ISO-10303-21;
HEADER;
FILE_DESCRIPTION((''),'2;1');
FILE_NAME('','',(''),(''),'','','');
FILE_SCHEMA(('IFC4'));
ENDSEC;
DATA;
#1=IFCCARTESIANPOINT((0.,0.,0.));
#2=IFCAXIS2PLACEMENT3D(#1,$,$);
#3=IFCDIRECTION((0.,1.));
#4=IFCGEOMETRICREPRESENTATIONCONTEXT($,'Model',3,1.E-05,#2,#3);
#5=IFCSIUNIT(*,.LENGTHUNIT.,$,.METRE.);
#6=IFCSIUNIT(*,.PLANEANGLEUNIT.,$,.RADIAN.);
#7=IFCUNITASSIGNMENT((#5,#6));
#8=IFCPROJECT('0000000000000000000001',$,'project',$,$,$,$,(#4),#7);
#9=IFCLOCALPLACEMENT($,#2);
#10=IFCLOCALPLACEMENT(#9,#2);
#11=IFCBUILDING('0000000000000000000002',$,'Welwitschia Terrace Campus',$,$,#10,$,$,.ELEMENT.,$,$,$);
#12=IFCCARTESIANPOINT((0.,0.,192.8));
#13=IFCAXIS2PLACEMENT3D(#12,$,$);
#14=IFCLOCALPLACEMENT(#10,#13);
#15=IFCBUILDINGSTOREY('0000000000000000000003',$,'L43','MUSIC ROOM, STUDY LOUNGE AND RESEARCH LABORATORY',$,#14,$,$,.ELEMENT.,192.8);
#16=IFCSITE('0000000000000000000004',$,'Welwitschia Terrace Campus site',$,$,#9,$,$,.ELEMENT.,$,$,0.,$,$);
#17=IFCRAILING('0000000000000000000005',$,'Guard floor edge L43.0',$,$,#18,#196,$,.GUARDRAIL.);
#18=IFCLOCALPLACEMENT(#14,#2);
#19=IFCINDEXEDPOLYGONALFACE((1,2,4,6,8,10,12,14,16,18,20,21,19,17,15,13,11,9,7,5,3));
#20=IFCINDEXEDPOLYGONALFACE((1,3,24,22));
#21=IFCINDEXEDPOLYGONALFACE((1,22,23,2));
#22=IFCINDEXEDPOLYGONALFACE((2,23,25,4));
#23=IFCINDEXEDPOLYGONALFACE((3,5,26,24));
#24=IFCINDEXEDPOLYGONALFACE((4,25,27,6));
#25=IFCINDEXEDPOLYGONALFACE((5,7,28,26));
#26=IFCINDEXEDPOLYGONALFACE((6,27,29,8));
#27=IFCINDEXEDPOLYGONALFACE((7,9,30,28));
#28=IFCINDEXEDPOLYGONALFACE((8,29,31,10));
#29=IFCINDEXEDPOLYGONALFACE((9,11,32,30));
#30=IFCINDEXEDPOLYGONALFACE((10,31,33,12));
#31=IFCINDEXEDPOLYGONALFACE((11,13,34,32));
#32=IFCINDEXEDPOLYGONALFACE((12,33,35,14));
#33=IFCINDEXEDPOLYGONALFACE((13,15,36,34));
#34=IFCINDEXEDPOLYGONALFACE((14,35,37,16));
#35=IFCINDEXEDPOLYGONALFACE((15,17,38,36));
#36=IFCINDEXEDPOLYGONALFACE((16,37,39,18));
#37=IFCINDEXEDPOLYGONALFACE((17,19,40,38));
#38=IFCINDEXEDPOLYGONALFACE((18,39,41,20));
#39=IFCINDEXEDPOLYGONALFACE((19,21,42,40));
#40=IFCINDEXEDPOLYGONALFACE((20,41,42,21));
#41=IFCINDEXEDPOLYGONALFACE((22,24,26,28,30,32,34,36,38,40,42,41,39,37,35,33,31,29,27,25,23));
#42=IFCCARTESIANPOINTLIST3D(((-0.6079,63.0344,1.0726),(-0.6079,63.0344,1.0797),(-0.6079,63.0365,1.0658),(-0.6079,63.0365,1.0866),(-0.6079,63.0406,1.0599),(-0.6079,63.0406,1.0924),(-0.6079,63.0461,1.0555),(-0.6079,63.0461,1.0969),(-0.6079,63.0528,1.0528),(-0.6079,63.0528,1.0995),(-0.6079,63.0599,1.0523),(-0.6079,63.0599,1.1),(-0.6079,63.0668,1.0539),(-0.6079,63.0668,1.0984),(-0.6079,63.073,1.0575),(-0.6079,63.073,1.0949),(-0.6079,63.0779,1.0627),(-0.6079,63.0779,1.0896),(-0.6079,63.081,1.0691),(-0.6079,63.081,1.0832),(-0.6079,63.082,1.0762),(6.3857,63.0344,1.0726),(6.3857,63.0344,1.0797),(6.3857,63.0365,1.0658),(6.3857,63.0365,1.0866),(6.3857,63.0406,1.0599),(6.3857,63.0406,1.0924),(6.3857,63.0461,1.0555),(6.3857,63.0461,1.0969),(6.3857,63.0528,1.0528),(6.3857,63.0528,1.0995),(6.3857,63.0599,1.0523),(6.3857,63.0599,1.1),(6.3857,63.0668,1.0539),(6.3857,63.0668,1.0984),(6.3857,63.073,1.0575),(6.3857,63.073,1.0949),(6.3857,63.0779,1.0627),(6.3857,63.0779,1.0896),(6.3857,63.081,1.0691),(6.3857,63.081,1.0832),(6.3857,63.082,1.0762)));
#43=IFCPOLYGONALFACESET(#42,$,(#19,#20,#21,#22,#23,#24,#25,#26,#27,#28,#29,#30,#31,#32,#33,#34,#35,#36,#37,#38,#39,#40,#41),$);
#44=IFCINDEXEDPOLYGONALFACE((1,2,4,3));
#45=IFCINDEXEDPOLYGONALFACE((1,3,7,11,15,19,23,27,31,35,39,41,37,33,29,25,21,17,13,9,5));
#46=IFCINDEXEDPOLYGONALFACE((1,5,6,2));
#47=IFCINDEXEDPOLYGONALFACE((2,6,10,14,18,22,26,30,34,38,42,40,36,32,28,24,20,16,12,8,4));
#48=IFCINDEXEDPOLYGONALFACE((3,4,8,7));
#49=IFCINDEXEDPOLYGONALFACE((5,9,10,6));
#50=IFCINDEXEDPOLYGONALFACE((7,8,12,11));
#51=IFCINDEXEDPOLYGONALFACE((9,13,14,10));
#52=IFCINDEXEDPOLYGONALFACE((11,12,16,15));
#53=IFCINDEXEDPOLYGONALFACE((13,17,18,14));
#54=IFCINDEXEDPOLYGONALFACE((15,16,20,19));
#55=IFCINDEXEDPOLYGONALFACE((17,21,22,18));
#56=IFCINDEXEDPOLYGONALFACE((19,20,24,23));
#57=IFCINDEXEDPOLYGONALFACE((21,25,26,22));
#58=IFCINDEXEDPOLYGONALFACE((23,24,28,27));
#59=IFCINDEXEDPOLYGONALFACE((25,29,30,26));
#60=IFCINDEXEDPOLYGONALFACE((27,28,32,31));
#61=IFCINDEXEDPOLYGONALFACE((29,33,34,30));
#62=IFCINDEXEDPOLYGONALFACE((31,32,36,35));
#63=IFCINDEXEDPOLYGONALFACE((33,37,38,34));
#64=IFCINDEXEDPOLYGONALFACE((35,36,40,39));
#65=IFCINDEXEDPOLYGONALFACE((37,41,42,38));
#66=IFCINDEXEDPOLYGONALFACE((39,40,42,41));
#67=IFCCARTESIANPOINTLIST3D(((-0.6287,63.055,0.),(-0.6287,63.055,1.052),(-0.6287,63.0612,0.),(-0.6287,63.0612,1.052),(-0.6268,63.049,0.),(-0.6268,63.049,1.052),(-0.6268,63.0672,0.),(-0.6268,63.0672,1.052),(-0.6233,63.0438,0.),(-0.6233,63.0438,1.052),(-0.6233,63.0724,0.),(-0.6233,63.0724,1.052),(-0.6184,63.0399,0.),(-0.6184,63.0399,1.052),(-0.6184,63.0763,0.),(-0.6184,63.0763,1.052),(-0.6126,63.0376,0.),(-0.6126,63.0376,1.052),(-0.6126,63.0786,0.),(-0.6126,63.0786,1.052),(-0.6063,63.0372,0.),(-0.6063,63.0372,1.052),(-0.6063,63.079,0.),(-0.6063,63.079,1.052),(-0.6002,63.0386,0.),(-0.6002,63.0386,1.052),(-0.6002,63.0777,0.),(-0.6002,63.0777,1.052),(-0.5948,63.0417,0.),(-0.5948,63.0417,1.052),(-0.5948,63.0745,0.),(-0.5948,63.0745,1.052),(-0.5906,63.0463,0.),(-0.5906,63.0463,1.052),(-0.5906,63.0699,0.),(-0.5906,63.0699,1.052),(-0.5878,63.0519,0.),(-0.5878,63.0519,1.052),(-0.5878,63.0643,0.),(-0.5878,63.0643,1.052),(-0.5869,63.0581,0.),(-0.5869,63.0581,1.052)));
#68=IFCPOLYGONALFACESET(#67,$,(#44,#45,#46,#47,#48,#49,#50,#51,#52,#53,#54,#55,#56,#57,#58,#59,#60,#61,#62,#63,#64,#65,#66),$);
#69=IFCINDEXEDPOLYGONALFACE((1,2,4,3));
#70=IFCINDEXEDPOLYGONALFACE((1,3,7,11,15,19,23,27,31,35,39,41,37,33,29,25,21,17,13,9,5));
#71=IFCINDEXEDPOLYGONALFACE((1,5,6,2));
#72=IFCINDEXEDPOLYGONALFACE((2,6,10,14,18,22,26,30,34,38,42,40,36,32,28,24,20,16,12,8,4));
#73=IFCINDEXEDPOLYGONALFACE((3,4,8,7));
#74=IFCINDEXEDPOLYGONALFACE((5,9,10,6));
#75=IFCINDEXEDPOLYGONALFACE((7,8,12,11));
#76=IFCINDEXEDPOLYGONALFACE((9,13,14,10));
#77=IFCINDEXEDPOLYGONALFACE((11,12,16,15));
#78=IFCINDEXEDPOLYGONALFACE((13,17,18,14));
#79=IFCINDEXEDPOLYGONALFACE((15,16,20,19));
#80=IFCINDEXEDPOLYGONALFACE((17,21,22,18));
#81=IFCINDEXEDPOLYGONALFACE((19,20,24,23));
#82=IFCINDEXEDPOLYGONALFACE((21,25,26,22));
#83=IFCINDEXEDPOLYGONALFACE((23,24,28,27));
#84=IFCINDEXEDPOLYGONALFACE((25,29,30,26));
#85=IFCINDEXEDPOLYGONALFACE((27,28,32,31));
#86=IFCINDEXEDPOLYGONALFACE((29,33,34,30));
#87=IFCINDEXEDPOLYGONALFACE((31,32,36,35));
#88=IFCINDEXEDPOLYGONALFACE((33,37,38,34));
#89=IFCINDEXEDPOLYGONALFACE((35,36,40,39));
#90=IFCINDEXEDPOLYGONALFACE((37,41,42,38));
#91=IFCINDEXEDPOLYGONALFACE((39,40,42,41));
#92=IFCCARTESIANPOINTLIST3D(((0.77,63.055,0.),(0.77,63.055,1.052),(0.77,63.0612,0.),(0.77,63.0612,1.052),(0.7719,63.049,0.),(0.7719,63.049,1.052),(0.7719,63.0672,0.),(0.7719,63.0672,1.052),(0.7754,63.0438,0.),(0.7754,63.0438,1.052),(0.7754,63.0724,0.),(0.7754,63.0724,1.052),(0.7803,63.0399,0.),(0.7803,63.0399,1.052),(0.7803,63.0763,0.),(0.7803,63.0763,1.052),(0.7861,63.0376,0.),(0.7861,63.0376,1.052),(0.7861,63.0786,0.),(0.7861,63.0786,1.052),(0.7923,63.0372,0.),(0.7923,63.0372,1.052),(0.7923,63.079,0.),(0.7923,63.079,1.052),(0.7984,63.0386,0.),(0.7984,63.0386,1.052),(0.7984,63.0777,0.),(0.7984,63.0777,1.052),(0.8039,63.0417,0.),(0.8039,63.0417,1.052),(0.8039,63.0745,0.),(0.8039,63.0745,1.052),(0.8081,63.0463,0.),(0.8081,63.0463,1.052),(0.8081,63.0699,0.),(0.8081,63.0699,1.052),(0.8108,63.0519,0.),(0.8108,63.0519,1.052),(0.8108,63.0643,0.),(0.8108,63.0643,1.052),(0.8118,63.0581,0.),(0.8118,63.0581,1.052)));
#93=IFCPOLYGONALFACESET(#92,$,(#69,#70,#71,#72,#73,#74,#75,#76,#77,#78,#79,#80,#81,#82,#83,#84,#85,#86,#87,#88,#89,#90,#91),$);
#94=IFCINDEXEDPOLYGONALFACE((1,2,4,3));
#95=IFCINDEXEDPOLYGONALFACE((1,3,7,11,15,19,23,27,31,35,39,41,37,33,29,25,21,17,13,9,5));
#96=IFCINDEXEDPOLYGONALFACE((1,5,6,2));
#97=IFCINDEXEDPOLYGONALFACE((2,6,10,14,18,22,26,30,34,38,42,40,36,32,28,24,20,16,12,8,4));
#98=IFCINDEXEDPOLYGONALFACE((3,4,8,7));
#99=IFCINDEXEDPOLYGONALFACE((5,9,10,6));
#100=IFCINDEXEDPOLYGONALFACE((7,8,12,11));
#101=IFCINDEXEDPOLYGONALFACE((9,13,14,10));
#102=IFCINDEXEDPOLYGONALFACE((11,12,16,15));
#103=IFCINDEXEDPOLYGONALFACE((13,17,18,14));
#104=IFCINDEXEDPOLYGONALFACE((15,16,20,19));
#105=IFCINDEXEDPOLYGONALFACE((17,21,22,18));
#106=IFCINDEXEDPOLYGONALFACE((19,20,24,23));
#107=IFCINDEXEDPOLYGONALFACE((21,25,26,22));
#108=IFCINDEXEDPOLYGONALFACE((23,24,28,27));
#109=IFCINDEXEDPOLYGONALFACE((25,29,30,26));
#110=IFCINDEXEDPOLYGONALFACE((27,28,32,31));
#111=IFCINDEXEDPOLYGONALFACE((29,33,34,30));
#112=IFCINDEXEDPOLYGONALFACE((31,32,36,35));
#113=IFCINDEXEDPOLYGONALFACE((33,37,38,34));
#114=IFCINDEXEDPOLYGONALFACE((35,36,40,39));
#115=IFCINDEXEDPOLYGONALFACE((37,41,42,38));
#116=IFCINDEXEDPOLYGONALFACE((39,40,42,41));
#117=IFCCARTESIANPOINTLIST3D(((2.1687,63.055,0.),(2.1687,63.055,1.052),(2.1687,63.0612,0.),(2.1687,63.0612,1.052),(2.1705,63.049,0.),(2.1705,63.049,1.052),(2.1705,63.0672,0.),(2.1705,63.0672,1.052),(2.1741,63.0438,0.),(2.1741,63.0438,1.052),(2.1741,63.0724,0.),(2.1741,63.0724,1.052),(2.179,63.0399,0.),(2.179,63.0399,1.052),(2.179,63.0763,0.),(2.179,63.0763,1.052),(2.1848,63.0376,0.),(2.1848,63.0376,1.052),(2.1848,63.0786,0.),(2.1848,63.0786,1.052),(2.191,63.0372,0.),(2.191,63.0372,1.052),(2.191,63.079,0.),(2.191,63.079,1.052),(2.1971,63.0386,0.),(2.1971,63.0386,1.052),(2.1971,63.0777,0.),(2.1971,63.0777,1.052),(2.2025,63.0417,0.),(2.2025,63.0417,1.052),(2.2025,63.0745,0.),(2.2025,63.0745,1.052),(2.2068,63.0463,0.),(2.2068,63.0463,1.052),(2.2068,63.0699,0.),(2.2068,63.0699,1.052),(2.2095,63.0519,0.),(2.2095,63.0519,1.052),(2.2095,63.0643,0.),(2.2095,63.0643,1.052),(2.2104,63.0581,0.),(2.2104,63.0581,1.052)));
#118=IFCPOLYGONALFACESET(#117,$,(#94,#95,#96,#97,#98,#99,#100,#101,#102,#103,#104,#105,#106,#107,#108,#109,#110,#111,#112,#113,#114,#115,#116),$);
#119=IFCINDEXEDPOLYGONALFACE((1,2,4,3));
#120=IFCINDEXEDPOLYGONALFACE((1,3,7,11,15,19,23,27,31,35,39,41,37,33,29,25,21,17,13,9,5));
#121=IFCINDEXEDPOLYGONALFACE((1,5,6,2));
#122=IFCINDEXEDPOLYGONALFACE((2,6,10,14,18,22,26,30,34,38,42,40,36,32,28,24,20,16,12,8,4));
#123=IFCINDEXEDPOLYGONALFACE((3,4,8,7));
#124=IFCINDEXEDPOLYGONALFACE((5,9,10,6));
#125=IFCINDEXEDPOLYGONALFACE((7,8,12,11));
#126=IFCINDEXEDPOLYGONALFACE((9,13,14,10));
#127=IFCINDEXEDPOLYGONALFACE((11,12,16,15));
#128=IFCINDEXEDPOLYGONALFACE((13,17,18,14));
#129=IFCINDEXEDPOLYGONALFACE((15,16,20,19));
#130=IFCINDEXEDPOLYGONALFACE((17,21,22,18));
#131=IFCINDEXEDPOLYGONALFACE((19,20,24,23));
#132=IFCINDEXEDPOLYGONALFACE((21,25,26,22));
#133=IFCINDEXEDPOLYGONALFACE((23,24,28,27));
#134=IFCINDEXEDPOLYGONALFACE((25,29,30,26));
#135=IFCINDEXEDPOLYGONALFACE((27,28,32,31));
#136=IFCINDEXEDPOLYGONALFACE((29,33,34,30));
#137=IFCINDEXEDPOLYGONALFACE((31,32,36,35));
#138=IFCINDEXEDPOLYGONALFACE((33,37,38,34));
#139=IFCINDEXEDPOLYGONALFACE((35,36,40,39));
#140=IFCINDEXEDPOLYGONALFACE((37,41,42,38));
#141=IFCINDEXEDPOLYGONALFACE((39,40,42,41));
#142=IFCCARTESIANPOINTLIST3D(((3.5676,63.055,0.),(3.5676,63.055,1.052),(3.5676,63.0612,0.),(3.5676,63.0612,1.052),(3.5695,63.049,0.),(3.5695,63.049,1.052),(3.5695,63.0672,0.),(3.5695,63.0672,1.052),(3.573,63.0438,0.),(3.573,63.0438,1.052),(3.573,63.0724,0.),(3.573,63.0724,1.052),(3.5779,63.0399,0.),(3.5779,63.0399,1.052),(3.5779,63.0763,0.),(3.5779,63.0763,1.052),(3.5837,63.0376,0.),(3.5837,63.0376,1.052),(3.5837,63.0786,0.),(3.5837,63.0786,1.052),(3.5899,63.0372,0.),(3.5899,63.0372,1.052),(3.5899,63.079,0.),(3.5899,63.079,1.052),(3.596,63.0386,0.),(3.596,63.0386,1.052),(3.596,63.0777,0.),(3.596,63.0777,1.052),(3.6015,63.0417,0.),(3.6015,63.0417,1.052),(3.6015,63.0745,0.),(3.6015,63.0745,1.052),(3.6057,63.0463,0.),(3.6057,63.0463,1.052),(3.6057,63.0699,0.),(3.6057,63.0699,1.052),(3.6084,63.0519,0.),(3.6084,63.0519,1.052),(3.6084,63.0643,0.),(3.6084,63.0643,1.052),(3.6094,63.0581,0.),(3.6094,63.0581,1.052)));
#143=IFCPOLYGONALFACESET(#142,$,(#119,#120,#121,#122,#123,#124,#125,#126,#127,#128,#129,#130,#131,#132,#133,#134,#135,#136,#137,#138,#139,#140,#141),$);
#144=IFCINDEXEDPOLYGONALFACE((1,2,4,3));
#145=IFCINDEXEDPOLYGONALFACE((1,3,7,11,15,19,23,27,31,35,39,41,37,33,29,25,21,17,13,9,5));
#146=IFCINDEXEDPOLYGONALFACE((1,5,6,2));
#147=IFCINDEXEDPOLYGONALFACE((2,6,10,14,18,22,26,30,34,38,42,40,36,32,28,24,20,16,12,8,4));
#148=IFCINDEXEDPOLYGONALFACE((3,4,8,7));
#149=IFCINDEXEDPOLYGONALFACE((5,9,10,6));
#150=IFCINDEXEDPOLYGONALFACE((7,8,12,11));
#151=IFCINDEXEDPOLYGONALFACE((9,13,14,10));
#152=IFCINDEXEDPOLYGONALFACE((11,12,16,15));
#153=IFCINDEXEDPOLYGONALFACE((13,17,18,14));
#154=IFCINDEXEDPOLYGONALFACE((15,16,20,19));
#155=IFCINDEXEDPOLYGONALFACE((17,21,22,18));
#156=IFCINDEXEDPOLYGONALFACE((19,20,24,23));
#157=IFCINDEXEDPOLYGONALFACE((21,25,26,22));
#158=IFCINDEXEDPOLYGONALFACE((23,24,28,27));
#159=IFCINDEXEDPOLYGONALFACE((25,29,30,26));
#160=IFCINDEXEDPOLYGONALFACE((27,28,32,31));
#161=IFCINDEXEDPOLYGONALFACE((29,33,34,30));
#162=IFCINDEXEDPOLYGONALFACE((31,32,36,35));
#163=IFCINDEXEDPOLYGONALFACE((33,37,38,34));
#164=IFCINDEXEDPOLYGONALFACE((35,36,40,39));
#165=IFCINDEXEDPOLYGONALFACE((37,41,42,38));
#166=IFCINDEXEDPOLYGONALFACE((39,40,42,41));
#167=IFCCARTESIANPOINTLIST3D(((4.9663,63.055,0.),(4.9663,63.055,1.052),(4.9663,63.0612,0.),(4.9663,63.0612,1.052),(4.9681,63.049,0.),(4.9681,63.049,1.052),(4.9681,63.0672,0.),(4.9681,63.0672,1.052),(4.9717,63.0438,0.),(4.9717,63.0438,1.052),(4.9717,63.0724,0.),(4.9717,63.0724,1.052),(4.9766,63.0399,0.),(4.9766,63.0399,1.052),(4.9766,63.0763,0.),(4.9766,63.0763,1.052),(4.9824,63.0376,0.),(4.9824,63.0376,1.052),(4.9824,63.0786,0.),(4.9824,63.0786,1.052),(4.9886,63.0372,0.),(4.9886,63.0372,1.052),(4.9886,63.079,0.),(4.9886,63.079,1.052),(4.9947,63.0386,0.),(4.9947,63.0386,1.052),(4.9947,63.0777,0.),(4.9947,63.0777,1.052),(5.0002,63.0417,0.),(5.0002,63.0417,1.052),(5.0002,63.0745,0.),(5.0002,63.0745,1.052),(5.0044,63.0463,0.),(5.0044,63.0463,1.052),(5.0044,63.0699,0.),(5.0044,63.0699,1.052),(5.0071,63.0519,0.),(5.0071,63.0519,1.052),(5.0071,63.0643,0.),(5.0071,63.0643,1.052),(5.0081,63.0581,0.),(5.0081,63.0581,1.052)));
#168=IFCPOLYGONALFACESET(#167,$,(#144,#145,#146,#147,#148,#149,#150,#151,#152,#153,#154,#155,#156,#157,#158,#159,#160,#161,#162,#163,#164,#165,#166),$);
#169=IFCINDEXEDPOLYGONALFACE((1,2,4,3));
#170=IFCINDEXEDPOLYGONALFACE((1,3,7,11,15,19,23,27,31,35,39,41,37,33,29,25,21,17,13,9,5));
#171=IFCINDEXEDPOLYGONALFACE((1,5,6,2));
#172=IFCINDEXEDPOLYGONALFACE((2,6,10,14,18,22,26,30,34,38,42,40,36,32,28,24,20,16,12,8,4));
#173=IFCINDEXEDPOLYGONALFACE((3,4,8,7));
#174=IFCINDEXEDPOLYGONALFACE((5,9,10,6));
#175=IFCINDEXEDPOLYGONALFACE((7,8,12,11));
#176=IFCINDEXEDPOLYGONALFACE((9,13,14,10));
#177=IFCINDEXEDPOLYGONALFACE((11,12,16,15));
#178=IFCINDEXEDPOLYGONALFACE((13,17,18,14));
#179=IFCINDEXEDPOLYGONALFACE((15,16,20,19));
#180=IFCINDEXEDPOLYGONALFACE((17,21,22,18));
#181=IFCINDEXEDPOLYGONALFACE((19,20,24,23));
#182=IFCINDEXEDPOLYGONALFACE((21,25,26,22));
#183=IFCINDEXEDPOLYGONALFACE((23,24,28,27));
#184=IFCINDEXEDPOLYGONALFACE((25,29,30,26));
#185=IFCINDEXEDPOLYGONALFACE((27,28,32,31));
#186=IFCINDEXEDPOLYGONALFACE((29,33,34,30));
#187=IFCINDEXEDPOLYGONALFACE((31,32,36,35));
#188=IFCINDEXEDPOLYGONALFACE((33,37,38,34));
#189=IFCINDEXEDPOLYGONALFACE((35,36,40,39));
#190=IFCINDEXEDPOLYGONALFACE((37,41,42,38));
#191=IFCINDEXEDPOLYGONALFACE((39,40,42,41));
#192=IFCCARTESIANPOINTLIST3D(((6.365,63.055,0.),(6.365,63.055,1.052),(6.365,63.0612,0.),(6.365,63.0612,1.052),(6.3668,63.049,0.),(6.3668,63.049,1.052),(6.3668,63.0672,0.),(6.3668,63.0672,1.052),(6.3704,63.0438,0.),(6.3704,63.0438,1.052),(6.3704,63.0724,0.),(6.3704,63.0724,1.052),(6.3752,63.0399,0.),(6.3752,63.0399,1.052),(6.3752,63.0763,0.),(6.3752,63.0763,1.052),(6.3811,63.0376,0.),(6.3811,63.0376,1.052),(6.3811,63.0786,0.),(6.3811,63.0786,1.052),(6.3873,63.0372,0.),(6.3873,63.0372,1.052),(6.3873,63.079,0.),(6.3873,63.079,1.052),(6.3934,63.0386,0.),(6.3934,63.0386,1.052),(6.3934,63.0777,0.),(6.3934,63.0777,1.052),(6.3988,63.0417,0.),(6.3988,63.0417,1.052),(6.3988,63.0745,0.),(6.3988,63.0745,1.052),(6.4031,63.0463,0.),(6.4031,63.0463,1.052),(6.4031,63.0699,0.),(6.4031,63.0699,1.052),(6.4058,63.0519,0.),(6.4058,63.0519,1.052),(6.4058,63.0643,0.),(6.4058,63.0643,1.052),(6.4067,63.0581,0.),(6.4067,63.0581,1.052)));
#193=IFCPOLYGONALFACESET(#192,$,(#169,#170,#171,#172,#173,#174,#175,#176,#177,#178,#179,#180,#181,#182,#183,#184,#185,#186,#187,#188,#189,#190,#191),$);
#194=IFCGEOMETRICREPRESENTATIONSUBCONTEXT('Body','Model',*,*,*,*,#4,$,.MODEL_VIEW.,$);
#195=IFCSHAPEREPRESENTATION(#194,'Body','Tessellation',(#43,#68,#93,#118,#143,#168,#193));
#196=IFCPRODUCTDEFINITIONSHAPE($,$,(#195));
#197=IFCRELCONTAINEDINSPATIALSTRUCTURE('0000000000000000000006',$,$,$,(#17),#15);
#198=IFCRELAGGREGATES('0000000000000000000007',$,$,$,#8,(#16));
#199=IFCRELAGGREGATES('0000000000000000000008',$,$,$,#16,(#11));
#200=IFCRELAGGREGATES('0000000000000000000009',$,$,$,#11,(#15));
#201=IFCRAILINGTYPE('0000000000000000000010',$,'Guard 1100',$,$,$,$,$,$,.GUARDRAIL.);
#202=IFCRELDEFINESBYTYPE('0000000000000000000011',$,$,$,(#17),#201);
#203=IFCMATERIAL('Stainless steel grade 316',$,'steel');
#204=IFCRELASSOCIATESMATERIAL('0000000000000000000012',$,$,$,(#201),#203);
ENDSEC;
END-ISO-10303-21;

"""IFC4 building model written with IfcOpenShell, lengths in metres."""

from ifc_helpers import new_model, si_unit, direction, frame, origin, origin_2d, place, context, subcontext, project, spatial, circle, extrude, material, type_object, element, save


model = new_model("IFC4")

# Units and contexts
model_context = context("Model", 3, precision=1e-05, world=origin(), true_north=direction((0.0, 1.0)))
body_context = subcontext(model_context, "Body", "Model", "MODEL_VIEW")
ifc_project = project(units=[si_unit("LENGTHUNIT", "METRE"), si_unit("PLANEANGLEUNIT", "RADIAN")], contexts=[model_context])

# Site, building, storey
site_placement = place(None, origin())
site = spatial("IfcSite", under=ifc_project, at=site_placement, Name="Welwitschia Terrace Campus site", CompositionType="ELEMENT", RefElevation=0.0)
building_placement = place(site_placement, origin())
building = spatial("IfcBuilding", under=site, at=building_placement, Name="Welwitschia Terrace Campus", CompositionType="ELEMENT")
storey_placement = place(building_placement, frame((0.0, 0.0, 192.8)))
storey = spatial("IfcBuildingStorey", under=building, at=storey_placement, Name="L43", Description="MUSIC ROOM, STUDY LOUNGE AND RESEARCH LABORATORY", CompositionType="ELEMENT", Elevation=192.8)

# Railing
ifc_material_1 = material(Name="Stainless steel grade 316", Category="steel")
railing_type = type_object("IfcRailingType", Name="Guard 1100", PredefinedType="GUARDRAIL", material=ifc_material_1)
railing_1_placement = place(storey_placement, frame((-0.6079, 63.0581, 0.0)))
element("IfcRailing", 1, at=railing_1_placement, inside=storey, type_object=railing_type, Name="Guard floor edge L43.0", PredefinedType="GUARDRAIL", context=body_context, shape_type="SweptSolid", body=[
    extrude(circle(Radius=0.0239, at=origin_2d()), frame((0.0, 0.0, 1.0762), z_axis=(1.0, 0.0, 0.0), x_axis=(0.0, 1.0, 0.0)), (0.0, 0.0, 1.0), 6.9937),
    extrude(circle(Radius=0.021, at=origin_2d()), origin(), (0.0, 0.0, 1.0), 1.052),
    extrude(circle(Radius=0.021, at=origin_2d()), frame((1.3987, 0.0, 0.0)), (0.0, 0.0, 1.0), 1.052),
    extrude(circle(Radius=0.021, at=origin_2d()), frame((2.7974, 0.0, 0.0)), (0.0, 0.0, 1.0), 1.052),
    extrude(circle(Radius=0.021, at=origin_2d()), frame((4.1963, 0.0, 0.0)), (0.0, 0.0, 1.0), 1.052),
    extrude(circle(Radius=0.021, at=origin_2d()), frame((5.595, 0.0, 0.0)), (0.0, 0.0, 1.0), 1.052),
    extrude(circle(Radius=0.021, at=origin_2d()), frame((6.9937, 0.0, 0.0)), (0.0, 0.0, 1.0), 1.052),
])

save(model, "model.ifc")
